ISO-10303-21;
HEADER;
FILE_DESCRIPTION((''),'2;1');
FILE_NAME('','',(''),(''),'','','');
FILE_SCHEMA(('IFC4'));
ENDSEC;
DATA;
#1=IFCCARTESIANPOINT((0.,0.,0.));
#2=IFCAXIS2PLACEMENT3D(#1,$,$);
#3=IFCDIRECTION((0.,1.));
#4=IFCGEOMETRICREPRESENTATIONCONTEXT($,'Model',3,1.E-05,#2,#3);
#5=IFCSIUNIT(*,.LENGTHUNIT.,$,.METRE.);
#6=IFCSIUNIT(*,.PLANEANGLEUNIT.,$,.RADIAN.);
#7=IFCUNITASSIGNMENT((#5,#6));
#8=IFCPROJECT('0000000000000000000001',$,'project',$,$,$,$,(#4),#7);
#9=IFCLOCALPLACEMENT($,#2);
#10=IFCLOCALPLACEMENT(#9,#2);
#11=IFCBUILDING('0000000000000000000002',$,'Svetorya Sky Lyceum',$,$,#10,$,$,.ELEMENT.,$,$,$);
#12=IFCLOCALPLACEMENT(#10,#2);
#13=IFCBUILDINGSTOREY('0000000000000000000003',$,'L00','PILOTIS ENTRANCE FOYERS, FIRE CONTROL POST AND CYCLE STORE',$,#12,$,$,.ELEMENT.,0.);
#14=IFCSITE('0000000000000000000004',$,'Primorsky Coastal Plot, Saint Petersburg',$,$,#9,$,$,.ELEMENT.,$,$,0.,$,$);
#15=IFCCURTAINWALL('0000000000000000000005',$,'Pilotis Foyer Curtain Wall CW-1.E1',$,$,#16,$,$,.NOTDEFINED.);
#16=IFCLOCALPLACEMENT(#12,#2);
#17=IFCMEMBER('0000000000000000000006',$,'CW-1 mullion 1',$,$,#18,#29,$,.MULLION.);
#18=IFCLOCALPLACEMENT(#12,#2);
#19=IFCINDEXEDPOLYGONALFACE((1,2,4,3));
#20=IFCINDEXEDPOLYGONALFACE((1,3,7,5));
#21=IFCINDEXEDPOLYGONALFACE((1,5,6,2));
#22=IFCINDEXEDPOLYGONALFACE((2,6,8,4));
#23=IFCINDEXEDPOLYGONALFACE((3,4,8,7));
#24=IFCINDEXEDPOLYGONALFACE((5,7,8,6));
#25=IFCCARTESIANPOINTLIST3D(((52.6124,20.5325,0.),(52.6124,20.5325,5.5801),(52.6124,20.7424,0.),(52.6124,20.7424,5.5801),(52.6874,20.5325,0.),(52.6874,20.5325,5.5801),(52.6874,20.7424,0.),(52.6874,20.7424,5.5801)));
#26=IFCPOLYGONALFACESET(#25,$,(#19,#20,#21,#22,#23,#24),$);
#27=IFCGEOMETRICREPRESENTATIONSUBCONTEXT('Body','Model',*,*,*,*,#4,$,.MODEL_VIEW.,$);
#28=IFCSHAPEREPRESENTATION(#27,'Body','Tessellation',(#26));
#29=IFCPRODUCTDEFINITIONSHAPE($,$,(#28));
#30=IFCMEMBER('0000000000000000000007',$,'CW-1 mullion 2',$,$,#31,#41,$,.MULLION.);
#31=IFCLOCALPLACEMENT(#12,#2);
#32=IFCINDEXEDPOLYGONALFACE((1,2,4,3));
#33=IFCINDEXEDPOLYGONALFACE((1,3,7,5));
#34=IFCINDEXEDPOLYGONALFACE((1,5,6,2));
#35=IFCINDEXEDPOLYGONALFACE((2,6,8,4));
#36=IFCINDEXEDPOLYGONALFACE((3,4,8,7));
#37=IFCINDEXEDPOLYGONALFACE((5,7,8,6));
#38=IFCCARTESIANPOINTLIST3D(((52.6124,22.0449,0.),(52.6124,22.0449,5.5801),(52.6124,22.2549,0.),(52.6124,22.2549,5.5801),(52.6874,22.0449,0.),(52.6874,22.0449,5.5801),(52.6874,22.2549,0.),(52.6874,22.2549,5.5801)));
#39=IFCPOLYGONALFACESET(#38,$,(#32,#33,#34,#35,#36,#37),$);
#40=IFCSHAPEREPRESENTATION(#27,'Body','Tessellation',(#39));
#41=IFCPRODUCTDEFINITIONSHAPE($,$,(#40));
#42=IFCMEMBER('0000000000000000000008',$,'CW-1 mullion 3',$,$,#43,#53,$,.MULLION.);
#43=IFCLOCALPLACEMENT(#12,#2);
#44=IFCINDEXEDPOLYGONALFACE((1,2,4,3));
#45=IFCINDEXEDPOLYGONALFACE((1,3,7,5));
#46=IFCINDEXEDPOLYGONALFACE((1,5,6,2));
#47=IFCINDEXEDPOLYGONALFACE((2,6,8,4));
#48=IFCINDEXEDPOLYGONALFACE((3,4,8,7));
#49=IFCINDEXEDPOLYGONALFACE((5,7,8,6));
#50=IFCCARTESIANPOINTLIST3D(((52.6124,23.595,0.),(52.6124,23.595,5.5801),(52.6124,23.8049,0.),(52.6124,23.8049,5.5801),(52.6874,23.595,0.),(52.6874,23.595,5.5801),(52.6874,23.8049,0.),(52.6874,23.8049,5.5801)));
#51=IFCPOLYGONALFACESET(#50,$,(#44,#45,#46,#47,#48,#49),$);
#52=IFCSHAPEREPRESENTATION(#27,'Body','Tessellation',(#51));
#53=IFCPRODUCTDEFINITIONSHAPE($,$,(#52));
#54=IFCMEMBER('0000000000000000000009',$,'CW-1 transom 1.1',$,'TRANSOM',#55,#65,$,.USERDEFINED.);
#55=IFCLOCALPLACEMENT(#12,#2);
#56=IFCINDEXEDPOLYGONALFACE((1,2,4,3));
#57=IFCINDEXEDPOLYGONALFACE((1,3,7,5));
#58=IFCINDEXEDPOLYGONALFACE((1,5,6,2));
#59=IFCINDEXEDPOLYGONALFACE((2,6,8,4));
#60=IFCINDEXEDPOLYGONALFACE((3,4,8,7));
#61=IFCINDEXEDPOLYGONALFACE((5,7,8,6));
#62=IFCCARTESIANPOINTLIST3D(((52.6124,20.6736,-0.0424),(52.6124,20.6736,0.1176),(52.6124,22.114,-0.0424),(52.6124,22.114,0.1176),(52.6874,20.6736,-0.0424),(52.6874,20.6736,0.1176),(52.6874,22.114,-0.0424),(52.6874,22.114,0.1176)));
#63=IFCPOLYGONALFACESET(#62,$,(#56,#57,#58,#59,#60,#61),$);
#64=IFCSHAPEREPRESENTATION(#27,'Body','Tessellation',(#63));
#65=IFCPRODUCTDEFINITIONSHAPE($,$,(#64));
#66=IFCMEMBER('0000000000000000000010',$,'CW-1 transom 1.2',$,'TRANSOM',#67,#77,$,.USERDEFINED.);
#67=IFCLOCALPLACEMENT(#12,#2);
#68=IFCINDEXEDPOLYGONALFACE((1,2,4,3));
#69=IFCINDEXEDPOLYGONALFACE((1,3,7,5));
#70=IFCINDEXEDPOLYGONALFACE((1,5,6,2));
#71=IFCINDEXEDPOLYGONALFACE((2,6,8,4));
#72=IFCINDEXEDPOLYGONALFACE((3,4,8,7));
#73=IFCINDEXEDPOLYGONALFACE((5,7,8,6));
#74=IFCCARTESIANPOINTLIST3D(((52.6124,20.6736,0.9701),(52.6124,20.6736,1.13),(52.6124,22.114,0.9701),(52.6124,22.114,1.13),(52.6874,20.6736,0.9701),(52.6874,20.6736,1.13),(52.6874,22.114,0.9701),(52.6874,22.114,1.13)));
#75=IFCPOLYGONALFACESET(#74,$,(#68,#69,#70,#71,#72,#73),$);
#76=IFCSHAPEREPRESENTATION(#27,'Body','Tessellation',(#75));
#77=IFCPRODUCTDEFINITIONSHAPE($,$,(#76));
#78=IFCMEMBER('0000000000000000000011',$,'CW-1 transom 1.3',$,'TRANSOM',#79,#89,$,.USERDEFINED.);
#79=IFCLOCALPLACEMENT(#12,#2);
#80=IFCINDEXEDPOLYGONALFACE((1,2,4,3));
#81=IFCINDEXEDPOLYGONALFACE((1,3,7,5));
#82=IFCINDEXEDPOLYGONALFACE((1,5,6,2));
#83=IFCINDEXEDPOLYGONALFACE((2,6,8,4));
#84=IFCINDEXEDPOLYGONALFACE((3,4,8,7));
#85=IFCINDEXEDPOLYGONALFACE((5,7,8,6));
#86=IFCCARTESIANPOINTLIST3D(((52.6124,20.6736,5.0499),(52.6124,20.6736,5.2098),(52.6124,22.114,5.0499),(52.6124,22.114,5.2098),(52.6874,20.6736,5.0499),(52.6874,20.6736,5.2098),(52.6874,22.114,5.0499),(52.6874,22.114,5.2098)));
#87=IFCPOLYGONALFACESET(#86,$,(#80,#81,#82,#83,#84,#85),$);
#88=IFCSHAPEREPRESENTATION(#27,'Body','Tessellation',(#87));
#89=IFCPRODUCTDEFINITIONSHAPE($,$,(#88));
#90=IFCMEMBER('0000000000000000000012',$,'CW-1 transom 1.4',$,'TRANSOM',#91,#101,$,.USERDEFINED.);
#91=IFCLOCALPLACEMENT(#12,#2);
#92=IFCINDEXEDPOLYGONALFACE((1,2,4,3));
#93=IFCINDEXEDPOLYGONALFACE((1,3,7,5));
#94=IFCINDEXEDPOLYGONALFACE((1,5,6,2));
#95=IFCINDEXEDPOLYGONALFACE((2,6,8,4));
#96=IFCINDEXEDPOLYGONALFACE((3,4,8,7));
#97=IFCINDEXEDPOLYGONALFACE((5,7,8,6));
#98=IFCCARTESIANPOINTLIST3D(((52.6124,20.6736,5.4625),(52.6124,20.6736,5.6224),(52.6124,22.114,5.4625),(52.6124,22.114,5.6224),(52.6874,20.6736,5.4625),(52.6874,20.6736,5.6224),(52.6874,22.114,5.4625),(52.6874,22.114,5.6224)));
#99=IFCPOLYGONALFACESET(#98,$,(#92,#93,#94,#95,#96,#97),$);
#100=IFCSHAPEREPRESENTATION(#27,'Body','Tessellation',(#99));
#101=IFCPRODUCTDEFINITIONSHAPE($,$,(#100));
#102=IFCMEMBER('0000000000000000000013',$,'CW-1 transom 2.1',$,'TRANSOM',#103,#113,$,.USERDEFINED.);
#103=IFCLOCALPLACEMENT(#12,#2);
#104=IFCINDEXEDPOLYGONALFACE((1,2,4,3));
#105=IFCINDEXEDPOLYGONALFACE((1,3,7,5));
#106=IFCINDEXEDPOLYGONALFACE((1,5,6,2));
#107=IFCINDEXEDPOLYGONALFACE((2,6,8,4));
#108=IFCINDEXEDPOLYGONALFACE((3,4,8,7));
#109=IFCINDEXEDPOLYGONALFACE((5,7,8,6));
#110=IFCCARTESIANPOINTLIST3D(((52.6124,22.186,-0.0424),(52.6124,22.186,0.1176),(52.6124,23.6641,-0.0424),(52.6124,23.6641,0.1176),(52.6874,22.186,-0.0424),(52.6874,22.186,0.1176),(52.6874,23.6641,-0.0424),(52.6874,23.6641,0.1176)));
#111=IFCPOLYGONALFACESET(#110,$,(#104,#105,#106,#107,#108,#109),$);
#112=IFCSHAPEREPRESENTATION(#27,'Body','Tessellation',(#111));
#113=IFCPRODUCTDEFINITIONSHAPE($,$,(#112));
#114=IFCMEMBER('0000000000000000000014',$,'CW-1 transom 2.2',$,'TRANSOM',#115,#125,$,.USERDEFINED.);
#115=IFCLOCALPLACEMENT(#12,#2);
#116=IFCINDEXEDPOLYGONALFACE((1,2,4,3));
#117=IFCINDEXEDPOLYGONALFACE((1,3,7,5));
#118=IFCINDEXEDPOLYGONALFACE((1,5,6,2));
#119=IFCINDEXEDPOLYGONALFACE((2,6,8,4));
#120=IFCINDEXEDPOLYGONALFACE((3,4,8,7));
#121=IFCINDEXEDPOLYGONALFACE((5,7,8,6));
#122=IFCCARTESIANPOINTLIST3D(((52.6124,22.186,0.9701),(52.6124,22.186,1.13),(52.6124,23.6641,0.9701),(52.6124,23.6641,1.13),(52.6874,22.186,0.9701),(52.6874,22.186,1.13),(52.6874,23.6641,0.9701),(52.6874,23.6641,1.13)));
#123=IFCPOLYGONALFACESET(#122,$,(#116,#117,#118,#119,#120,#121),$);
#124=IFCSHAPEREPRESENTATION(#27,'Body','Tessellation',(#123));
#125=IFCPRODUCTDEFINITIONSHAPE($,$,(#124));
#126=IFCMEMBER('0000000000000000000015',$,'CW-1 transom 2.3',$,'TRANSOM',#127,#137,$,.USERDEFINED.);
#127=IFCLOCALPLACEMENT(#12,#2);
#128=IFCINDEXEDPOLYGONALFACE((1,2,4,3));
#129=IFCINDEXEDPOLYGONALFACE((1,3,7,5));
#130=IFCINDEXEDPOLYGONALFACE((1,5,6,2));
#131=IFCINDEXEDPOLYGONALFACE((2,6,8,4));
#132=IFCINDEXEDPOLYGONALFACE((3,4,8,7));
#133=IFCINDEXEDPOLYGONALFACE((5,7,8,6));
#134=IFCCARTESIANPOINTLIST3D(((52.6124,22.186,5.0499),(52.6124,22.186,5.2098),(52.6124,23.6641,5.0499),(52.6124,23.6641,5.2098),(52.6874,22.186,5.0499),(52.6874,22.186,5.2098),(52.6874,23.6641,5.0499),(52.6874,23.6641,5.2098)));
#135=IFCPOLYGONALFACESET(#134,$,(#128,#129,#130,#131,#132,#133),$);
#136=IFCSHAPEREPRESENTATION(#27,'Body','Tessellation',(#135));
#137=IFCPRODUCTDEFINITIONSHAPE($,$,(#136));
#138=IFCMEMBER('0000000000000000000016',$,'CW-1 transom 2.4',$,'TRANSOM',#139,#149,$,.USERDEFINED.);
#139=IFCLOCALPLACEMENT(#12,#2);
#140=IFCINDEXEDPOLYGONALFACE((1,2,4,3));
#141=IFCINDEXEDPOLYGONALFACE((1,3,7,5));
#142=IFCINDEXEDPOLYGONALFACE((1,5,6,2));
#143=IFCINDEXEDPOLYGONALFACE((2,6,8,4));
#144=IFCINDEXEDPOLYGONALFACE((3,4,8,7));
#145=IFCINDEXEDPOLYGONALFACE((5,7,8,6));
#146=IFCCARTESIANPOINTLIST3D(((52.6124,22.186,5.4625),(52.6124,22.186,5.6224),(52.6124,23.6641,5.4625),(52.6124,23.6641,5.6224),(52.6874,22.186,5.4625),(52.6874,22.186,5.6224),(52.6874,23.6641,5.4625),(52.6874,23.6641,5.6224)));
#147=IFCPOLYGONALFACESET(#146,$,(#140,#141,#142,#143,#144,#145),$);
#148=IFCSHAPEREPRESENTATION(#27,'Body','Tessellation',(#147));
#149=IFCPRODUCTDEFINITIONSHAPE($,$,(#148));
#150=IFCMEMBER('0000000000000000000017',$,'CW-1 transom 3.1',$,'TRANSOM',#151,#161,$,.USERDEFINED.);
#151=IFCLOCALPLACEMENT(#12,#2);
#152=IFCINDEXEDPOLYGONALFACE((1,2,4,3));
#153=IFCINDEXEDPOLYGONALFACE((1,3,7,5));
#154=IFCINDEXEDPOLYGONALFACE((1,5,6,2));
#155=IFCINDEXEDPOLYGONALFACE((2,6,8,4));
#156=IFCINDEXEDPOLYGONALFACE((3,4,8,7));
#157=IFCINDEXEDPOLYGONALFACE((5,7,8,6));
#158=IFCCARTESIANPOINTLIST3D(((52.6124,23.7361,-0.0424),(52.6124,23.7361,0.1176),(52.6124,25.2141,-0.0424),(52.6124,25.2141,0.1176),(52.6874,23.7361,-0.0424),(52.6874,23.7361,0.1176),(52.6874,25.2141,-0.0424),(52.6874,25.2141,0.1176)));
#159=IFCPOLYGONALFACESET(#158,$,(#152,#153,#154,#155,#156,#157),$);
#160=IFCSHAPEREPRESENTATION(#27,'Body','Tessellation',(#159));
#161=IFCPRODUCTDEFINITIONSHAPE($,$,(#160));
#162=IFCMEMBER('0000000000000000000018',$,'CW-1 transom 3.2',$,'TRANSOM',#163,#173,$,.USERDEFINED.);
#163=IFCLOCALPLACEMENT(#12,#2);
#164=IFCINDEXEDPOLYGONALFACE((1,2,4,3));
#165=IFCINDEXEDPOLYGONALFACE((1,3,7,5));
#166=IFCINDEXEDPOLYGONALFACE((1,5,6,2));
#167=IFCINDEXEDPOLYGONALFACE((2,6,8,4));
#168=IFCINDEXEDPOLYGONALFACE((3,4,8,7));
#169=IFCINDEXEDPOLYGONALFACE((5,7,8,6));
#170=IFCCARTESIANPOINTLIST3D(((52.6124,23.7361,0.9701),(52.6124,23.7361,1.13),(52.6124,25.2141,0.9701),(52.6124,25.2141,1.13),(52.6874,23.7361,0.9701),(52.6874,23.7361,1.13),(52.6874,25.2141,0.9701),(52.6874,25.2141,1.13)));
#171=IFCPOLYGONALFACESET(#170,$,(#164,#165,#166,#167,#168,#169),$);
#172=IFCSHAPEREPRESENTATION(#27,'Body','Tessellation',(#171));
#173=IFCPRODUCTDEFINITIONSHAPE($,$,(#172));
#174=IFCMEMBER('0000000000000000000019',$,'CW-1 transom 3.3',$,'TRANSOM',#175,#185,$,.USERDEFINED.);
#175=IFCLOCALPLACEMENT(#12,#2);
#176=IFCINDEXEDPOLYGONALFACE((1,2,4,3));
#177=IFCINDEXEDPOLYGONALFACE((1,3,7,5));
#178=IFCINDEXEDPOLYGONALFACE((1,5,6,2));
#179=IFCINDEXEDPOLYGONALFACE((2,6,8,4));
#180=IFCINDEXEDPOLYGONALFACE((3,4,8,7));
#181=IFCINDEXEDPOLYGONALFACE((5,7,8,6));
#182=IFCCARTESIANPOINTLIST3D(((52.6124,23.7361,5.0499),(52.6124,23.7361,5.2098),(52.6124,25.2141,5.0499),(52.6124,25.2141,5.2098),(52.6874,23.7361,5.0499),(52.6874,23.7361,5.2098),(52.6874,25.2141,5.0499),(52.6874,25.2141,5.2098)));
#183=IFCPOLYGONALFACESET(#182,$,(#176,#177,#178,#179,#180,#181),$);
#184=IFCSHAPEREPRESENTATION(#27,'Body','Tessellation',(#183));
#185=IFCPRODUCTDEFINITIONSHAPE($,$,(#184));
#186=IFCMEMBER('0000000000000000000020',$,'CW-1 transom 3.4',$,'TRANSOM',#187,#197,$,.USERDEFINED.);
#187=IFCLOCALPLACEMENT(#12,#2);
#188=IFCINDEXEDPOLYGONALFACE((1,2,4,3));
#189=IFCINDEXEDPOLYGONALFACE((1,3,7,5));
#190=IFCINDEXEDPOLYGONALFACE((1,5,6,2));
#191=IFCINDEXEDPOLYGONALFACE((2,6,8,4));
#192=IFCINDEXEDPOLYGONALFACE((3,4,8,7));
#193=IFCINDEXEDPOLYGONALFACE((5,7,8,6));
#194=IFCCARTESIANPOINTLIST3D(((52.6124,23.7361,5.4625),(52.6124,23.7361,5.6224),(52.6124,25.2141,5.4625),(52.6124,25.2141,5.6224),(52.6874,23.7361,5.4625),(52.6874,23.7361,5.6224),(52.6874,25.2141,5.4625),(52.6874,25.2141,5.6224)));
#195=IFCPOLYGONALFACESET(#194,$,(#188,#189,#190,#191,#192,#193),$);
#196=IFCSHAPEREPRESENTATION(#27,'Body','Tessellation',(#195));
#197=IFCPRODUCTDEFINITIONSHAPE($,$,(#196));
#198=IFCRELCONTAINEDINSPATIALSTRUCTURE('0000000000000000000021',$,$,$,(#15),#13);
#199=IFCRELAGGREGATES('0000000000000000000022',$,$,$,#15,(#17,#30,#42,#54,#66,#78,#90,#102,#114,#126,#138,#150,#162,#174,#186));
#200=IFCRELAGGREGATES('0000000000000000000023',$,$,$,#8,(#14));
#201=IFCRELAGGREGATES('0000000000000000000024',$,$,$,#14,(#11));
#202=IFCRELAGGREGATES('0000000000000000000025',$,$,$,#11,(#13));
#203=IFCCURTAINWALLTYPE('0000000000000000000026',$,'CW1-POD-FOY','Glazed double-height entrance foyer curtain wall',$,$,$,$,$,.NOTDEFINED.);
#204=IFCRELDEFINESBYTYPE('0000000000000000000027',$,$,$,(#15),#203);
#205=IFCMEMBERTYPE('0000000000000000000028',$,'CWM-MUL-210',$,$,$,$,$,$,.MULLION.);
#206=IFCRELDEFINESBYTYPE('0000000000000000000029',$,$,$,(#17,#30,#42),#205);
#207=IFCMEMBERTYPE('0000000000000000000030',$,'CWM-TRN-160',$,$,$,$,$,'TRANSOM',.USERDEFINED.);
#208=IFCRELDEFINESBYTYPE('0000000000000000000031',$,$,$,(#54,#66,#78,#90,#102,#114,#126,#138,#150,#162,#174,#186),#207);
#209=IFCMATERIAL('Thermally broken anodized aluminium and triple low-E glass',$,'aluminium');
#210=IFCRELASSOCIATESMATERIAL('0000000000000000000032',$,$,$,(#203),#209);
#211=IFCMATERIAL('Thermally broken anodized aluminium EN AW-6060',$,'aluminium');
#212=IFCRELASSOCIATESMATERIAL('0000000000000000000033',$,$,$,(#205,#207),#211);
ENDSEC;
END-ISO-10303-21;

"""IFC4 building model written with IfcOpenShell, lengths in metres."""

from ifc_helpers import new_model, si_unit, direction, frame, origin, origin_2d, place, context, subcontext, project, spatial, rectangle, extrude, material, material_profile, profile_set, type_object, element, aggregate, save


model = new_model("IFC4")

# Units and contexts
model_context = context("Model", 3, precision=1e-05, world=origin(), true_north=direction((0.0, 1.0)))
body_context = subcontext(model_context, "Body", "Model", "MODEL_VIEW")
ifc_project = project(units=[si_unit("LENGTHUNIT", "METRE"), si_unit("PLANEANGLEUNIT", "RADIAN")], contexts=[model_context])

# Site, building, storey
site_placement = place(None, origin())
site = spatial("IfcSite", under=ifc_project, at=site_placement, Name="Primorsky Coastal Plot, Saint Petersburg", CompositionType="ELEMENT", RefElevation=0.0)
building_placement = place(site_placement, origin())
building = spatial("IfcBuilding", under=site, at=building_placement, Name="Svetorya Sky Lyceum", CompositionType="ELEMENT")
storey_placement = place(building_placement, origin())
storey = spatial("IfcBuildingStorey", under=building, at=storey_placement, Name="L00", Description="PILOTIS ENTRANCE FOYERS, FIRE CONTROL POST AND CYCLE STORE", CompositionType="ELEMENT", Elevation=0.0)

# Curtain wall, members
ifc_material_1 = material(Name="Thermally broken anodized aluminium and triple low-E glass", Category="aluminium")
curtain_wall_type = type_object("IfcCurtainWallType", Name="CW1-POD-FOY", Description="Glazed double-height entrance foyer curtain wall", PredefinedType="NOTDEFINED", material=ifc_material_1)
curtain_wall_placement = place(storey_placement, origin())
curtain_wall = element("IfcCurtainWall", 1, at=curtain_wall_placement, inside=storey, type_object=curtain_wall_type, Name="Pilotis Foyer Curtain Wall CW-1.E1", PredefinedType="NOTDEFINED")
ifc_material_2 = material(Name="Thermally broken anodized aluminium EN AW-6060", Category="aluminium")
ifc_material_profile_1 = material_profile(ifc_material_2, rectangle(XDim=0.075, YDim=0.21, at=origin_2d()), Name="ALU MULLION 75x210")
ifc_profile_set_1 = profile_set([ifc_material_profile_1], Name="Thermally broken anodized aluminium EN AW-6060")
member_type_1 = type_object("IfcMemberType", Name="CWM-MUL-210", PredefinedType="MULLION", material=ifc_profile_set_1)
member_1_placement = place(storey_placement, frame((52.6499, 20.6375, 0.0), z_axis=(0.0, 0.0, 1.0), x_axis=(-1.0, 0.0, 0.0)))
member_1 = element("IfcMember", 2, at=member_1_placement, type_object=member_type_1, Name="CW-1 mullion 1", PredefinedType="MULLION", context=body_context, shape_type="SweptSolid", body=[
    extrude(rectangle(XDim=0.075, YDim=0.21, at=origin_2d()), origin(), (0.0, 0.0, 1.0), 5.5801),
])
member_2_placement = place(storey_placement, frame((52.6499, 22.1499, 0.0), z_axis=(0.0, 0.0, 1.0), x_axis=(-1.0, 0.0, 0.0)))
member_2 = element("IfcMember", 3, at=member_2_placement, type_object=member_type_1, Name="CW-1 mullion 2", PredefinedType="MULLION", context=body_context, shape_type="SweptSolid", body=[
    extrude(rectangle(XDim=0.075, YDim=0.21, at=origin_2d()), origin(), (0.0, 0.0, 1.0), 5.5801),
])
member_3_placement = place(storey_placement, frame((52.6499, 23.7, 0.0), z_axis=(0.0, 0.0, 1.0), x_axis=(-1.0, 0.0, 0.0)))
member_3 = element("IfcMember", 4, at=member_3_placement, type_object=member_type_1, Name="CW-1 mullion 3", PredefinedType="MULLION", context=body_context, shape_type="SweptSolid", body=[
    extrude(rectangle(XDim=0.075, YDim=0.21, at=origin_2d()), origin(), (0.0, 0.0, 1.0), 5.5801),
])
ifc_material_profile_2 = material_profile(ifc_material_2, rectangle(XDim=0.075, YDim=0.1599, at=origin_2d()), Name="ALU TRANSOM 75x160")
ifc_profile_set_2 = profile_set([ifc_material_profile_2], Name="Thermally broken anodized aluminium EN AW-6060")
member_type_2 = type_object("IfcMemberType", Name="CWM-TRN-160", ElementType="TRANSOM", PredefinedType="USERDEFINED", material=ifc_profile_set_2)
member_4_placement = place(storey_placement, frame((52.6499, 20.6736, 0.0376), z_axis=(0.0, 1.0, 0.0), x_axis=(-1.0, 0.0, 0.0)))
member_4 = element("IfcMember", 5, at=member_4_placement, type_object=member_type_2, Name="CW-1 transom 1.1", ObjectType="TRANSOM", PredefinedType="USERDEFINED", context=body_context, shape_type="SweptSolid", body=[
    extrude(rectangle(XDim=0.075, YDim=0.1599, at=origin_2d()), origin(), (0.0, 0.0, 1.0), 1.4404),
])
member_5_placement = place(storey_placement, frame((52.6499, 20.6736, 1.05), z_axis=(0.0, 1.0, 0.0), x_axis=(-1.0, 0.0, 0.0)))
member_5 = element("IfcMember", 6, at=member_5_placement, type_object=member_type_2, Name="CW-1 transom 1.2", ObjectType="TRANSOM", PredefinedType="USERDEFINED", context=body_context, shape_type="SweptSolid", body=[
    extrude(rectangle(XDim=0.075, YDim=0.1599, at=origin_2d()), origin(), (0.0, 0.0, 1.0), 1.4404),
])
member_6_placement = place(storey_placement, frame((52.6499, 20.6736, 5.1299), z_axis=(0.0, 1.0, 0.0), x_axis=(-1.0, 0.0, 0.0)))
member_6 = element("IfcMember", 7, at=member_6_placement, type_object=member_type_2, Name="CW-1 transom 1.3", ObjectType="TRANSOM", PredefinedType="USERDEFINED", context=body_context, shape_type="SweptSolid", body=[
    extrude(rectangle(XDim=0.075, YDim=0.1599, at=origin_2d()), origin(), (0.0, 0.0, 1.0), 1.4404),
])
member_7_placement = place(storey_placement, frame((52.6499, 20.6736, 5.5425), z_axis=(0.0, 1.0, 0.0), x_axis=(-1.0, 0.0, 0.0)))
member_7 = element("IfcMember", 8, at=member_7_placement, type_object=member_type_2, Name="CW-1 transom 1.4", ObjectType="TRANSOM", PredefinedType="USERDEFINED", context=body_context, shape_type="SweptSolid", body=[
    extrude(rectangle(XDim=0.075, YDim=0.1599, at=origin_2d()), origin(), (0.0, 0.0, 1.0), 1.4404),
])
member_8_placement = place(storey_placement, frame((52.6499, 22.186, 0.0376), z_axis=(0.0, 1.0, 0.0), x_axis=(-1.0, 0.0, 0.0)))
member_8 = element("IfcMember", 9, at=member_8_placement, type_object=member_type_2, Name="CW-1 transom 2.1", ObjectType="TRANSOM", PredefinedType="USERDEFINED", context=body_context, shape_type="SweptSolid", body=[
    extrude(rectangle(XDim=0.075, YDim=0.1599, at=origin_2d()), origin(), (0.0, 0.0, 1.0), 1.478),
])
member_9_placement = place(storey_placement, frame((52.6499, 22.186, 1.05), z_axis=(0.0, 1.0, 0.0), x_axis=(-1.0, 0.0, 0.0)))
member_9 = element("IfcMember", 10, at=member_9_placement, type_object=member_type_2, Name="CW-1 transom 2.2", ObjectType="TRANSOM", PredefinedType="USERDEFINED", context=body_context, shape_type="SweptSolid", body=[
    extrude(rectangle(XDim=0.075, YDim=0.1599, at=origin_2d()), origin(), (0.0, 0.0, 1.0), 1.478),
])
member_10_placement = place(storey_placement, frame((52.6499, 22.186, 5.1299), z_axis=(0.0, 1.0, 0.0), x_axis=(-1.0, 0.0, 0.0)))
member_10 = element("IfcMember", 11, at=member_10_placement, type_object=member_type_2, Name="CW-1 transom 2.3", ObjectType="TRANSOM", PredefinedType="USERDEFINED", context=body_context, shape_type="SweptSolid", body=[
    extrude(rectangle(XDim=0.075, YDim=0.1599, at=origin_2d()), origin(), (0.0, 0.0, 1.0), 1.478),
])
member_11_placement = place(storey_placement, frame((52.6499, 22.186, 5.5425), z_axis=(0.0, 1.0, 0.0), x_axis=(-1.0, 0.0, 0.0)))
member_11 = element("IfcMember", 12, at=member_11_placement, type_object=member_type_2, Name="CW-1 transom 2.4", ObjectType="TRANSOM", PredefinedType="USERDEFINED", context=body_context, shape_type="SweptSolid", body=[
    extrude(rectangle(XDim=0.075, YDim=0.1599, at=origin_2d()), origin(), (0.0, 0.0, 1.0), 1.478),
])
member_12_placement = place(storey_placement, frame((52.6499, 23.7361, 0.0376), z_axis=(0.0, 1.0, 0.0), x_axis=(-1.0, 0.0, 0.0)))
member_12 = element("IfcMember", 13, at=member_12_placement, type_object=member_type_2, Name="CW-1 transom 3.1", ObjectType="TRANSOM", PredefinedType="USERDEFINED", context=body_context, shape_type="SweptSolid", body=[
    extrude(rectangle(XDim=0.075, YDim=0.1599, at=origin_2d()), origin(), (0.0, 0.0, 1.0), 1.478),
])
member_13_placement = place(storey_placement, frame((52.6499, 23.7361, 1.05), z_axis=(0.0, 1.0, 0.0), x_axis=(-1.0, 0.0, 0.0)))
member_13 = element("IfcMember", 14, at=member_13_placement, type_object=member_type_2, Name="CW-1 transom 3.2", ObjectType="TRANSOM", PredefinedType="USERDEFINED", context=body_context, shape_type="SweptSolid", body=[
    extrude(rectangle(XDim=0.075, YDim=0.1599, at=origin_2d()), origin(), (0.0, 0.0, 1.0), 1.478),
])
member_14_placement = place(storey_placement, frame((52.6499, 23.7361, 5.1299), z_axis=(0.0, 1.0, 0.0), x_axis=(-1.0, 0.0, 0.0)))
member_14 = element("IfcMember", 15, at=member_14_placement, type_object=member_type_2, Name="CW-1 transom 3.3", ObjectType="TRANSOM", PredefinedType="USERDEFINED", context=body_context, shape_type="SweptSolid", body=[
    extrude(rectangle(XDim=0.075, YDim=0.1599, at=origin_2d()), origin(), (0.0, 0.0, 1.0), 1.478),
])
member_15_placement = place(storey_placement, frame((52.6499, 23.7361, 5.5425), z_axis=(0.0, 1.0, 0.0), x_axis=(-1.0, 0.0, 0.0)))
member_15 = element("IfcMember", 16, at=member_15_placement, type_object=member_type_2, Name="CW-1 transom 3.4", ObjectType="TRANSOM", PredefinedType="USERDEFINED", context=body_context, shape_type="SweptSolid", body=[
    extrude(rectangle(XDim=0.075, YDim=0.1599, at=origin_2d()), origin(), (0.0, 0.0, 1.0), 1.478),
])
aggregate(curtain_wall, [member_1, member_2, member_3, member_4, member_5, member_6, member_7, member_8, member_9, member_10, member_11, member_12, member_13, member_14, member_15])

save(model, "model.ifc")
